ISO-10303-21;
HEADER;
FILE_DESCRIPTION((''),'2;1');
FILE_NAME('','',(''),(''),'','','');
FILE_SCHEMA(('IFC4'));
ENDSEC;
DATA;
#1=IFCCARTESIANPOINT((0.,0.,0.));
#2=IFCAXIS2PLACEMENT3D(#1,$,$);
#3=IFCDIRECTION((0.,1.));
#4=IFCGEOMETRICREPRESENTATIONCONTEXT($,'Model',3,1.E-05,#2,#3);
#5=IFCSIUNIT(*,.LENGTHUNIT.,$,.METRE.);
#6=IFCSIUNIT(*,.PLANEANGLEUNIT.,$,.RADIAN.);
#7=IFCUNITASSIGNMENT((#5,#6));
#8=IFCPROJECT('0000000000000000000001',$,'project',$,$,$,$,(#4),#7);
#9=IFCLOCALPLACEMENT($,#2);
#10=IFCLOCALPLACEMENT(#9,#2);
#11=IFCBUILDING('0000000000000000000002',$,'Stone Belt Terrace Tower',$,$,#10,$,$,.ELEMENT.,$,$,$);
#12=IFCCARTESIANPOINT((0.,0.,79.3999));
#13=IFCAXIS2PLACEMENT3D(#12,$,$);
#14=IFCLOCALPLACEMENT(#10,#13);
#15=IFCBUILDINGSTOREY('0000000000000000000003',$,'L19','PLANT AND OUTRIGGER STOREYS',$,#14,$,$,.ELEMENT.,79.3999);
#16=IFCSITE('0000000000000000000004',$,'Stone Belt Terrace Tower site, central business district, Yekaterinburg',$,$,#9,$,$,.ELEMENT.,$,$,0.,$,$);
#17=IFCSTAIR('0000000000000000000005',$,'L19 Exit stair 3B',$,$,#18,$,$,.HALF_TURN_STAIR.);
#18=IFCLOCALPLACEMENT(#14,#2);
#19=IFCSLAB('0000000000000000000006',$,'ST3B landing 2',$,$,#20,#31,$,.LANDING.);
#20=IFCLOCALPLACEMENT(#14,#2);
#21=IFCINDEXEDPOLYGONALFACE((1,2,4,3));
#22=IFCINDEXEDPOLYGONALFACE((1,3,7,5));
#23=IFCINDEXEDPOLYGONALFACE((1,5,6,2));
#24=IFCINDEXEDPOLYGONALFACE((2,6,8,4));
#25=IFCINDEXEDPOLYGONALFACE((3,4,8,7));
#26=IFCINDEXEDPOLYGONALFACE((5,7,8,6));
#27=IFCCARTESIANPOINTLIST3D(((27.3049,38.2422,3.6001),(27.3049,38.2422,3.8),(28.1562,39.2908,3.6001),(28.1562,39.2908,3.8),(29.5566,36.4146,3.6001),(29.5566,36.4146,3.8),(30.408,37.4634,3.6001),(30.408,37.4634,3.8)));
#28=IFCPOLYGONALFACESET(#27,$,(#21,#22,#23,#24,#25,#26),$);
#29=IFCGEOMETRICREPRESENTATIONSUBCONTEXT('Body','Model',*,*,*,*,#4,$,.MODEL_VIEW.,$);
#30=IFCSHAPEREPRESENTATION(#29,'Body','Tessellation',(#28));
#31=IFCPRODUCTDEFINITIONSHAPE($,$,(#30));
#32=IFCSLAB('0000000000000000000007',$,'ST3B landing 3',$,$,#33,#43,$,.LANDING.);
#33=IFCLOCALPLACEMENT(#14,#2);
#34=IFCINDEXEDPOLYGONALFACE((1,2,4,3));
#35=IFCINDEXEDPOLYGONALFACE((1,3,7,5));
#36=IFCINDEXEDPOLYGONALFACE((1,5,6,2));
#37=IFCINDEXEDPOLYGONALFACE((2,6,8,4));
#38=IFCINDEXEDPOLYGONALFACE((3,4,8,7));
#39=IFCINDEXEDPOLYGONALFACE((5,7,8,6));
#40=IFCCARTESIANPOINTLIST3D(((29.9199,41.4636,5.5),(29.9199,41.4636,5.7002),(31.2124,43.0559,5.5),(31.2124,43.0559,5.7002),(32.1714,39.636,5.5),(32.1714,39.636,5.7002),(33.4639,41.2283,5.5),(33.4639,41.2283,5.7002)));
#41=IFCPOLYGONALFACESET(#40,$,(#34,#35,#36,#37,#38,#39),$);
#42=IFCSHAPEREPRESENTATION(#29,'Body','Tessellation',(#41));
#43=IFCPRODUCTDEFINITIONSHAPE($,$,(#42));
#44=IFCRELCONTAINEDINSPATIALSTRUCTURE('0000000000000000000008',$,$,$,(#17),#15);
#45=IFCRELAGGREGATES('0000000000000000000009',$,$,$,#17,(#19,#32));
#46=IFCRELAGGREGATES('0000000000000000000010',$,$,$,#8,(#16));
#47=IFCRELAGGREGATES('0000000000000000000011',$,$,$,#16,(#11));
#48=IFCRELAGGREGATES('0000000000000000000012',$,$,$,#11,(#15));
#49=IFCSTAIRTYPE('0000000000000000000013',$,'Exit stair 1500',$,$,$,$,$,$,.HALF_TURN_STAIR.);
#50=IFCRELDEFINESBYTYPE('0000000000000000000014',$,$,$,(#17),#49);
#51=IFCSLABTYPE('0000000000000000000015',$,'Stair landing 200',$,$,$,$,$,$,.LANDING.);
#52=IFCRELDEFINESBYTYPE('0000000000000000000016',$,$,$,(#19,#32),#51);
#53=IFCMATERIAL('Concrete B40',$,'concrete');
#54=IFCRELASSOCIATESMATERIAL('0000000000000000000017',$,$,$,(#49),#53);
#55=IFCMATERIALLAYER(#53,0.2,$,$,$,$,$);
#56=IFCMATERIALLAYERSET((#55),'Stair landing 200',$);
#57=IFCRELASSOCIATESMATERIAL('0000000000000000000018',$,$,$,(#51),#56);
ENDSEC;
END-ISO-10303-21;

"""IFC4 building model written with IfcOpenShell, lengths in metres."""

from ifc_helpers import new_model, si_unit, direction, frame, origin, place, context, subcontext, project, spatial, polyline, outline, extrude, material, layer, layer_set, type_object, element, aggregate, save


model = new_model("IFC4")

# Units and contexts
model_context = context("Model", 3, precision=1e-05, world=origin(), true_north=direction((0.0, 1.0)))
body_context = subcontext(model_context, "Body", "Model", "MODEL_VIEW")
ifc_project = project(units=[si_unit("LENGTHUNIT", "METRE"), si_unit("PLANEANGLEUNIT", "RADIAN")], contexts=[model_context])

# Site, building, storey
site_placement = place(None, origin())
site = spatial("IfcSite", under=ifc_project, at=site_placement, Name="Stone Belt Terrace Tower site, central business district, Yekaterinburg", CompositionType="ELEMENT", RefElevation=0.0)
building_placement = place(site_placement, origin())
building = spatial("IfcBuilding", under=site, at=building_placement, Name="Stone Belt Terrace Tower", CompositionType="ELEMENT")
storey_placement = place(building_placement, frame((0.0, 0.0, 79.3999)))
storey = spatial("IfcBuildingStorey", under=building, at=storey_placement, Name="L19", Description="PLANT AND OUTRIGGER STOREYS", CompositionType="ELEMENT", Elevation=79.3999)

# Shared definitions
ifc_material = material(Name="Concrete B40", Category="concrete")

# Stair, slabs
stair_type = type_object("IfcStairType", Name="Exit stair 1500", PredefinedType="HALF_TURN_STAIR", material=ifc_material)
ifc_layer_1 = layer(ifc_material, 0.2)
ifc_layer_set_1 = layer_set([ifc_layer_1], Name="Stair landing 200")
slab_type_1 = type_object("IfcSlabType", Name="Stair landing 200", PredefinedType="LANDING", material=ifc_layer_set_1)
stair_1_placement = place(storey_placement, origin())
stair_1 = element("IfcStair", 1, at=stair_1_placement, inside=storey, type_object=stair_type, Name="L19 Exit stair 3B", PredefinedType="HALF_TURN_STAIR")
slab_1_placement = place(storey_placement, frame((0.0, 0.0, 3.6001)))
slab_1 = element("IfcSlab", 2, at=slab_1_placement, type_object=slab_type_1, Name="ST3B landing 2", PredefinedType="LANDING", context=body_context, shape_type="SweptSolid", body=[
    extrude(outline(polyline([(29.5566, 36.4146), (30.408, 37.4634), (28.1562, 39.2908), (27.3049, 38.2422), (29.5566, 36.4146)])), origin(), (0.0, 0.0, 1.0), 0.2),
])
slab_2_placement = place(storey_placement, frame((0.0, 0.0, 5.5)))
slab_2 = element("IfcSlab", 3, at=slab_2_placement, type_object=slab_type_1, Name="ST3B landing 3", PredefinedType="LANDING", context=body_context, shape_type="SweptSolid", body=[
    extrude(outline(polyline([(32.1714, 39.636), (33.4639, 41.2283), (31.2124, 43.0559), (29.9199, 41.4636), (32.1714, 39.636)])), origin(), (0.0, 0.0, 1.0), 0.2002),
])
aggregate(stair_1, [slab_1, slab_2])

save(model, "model.ifc")
